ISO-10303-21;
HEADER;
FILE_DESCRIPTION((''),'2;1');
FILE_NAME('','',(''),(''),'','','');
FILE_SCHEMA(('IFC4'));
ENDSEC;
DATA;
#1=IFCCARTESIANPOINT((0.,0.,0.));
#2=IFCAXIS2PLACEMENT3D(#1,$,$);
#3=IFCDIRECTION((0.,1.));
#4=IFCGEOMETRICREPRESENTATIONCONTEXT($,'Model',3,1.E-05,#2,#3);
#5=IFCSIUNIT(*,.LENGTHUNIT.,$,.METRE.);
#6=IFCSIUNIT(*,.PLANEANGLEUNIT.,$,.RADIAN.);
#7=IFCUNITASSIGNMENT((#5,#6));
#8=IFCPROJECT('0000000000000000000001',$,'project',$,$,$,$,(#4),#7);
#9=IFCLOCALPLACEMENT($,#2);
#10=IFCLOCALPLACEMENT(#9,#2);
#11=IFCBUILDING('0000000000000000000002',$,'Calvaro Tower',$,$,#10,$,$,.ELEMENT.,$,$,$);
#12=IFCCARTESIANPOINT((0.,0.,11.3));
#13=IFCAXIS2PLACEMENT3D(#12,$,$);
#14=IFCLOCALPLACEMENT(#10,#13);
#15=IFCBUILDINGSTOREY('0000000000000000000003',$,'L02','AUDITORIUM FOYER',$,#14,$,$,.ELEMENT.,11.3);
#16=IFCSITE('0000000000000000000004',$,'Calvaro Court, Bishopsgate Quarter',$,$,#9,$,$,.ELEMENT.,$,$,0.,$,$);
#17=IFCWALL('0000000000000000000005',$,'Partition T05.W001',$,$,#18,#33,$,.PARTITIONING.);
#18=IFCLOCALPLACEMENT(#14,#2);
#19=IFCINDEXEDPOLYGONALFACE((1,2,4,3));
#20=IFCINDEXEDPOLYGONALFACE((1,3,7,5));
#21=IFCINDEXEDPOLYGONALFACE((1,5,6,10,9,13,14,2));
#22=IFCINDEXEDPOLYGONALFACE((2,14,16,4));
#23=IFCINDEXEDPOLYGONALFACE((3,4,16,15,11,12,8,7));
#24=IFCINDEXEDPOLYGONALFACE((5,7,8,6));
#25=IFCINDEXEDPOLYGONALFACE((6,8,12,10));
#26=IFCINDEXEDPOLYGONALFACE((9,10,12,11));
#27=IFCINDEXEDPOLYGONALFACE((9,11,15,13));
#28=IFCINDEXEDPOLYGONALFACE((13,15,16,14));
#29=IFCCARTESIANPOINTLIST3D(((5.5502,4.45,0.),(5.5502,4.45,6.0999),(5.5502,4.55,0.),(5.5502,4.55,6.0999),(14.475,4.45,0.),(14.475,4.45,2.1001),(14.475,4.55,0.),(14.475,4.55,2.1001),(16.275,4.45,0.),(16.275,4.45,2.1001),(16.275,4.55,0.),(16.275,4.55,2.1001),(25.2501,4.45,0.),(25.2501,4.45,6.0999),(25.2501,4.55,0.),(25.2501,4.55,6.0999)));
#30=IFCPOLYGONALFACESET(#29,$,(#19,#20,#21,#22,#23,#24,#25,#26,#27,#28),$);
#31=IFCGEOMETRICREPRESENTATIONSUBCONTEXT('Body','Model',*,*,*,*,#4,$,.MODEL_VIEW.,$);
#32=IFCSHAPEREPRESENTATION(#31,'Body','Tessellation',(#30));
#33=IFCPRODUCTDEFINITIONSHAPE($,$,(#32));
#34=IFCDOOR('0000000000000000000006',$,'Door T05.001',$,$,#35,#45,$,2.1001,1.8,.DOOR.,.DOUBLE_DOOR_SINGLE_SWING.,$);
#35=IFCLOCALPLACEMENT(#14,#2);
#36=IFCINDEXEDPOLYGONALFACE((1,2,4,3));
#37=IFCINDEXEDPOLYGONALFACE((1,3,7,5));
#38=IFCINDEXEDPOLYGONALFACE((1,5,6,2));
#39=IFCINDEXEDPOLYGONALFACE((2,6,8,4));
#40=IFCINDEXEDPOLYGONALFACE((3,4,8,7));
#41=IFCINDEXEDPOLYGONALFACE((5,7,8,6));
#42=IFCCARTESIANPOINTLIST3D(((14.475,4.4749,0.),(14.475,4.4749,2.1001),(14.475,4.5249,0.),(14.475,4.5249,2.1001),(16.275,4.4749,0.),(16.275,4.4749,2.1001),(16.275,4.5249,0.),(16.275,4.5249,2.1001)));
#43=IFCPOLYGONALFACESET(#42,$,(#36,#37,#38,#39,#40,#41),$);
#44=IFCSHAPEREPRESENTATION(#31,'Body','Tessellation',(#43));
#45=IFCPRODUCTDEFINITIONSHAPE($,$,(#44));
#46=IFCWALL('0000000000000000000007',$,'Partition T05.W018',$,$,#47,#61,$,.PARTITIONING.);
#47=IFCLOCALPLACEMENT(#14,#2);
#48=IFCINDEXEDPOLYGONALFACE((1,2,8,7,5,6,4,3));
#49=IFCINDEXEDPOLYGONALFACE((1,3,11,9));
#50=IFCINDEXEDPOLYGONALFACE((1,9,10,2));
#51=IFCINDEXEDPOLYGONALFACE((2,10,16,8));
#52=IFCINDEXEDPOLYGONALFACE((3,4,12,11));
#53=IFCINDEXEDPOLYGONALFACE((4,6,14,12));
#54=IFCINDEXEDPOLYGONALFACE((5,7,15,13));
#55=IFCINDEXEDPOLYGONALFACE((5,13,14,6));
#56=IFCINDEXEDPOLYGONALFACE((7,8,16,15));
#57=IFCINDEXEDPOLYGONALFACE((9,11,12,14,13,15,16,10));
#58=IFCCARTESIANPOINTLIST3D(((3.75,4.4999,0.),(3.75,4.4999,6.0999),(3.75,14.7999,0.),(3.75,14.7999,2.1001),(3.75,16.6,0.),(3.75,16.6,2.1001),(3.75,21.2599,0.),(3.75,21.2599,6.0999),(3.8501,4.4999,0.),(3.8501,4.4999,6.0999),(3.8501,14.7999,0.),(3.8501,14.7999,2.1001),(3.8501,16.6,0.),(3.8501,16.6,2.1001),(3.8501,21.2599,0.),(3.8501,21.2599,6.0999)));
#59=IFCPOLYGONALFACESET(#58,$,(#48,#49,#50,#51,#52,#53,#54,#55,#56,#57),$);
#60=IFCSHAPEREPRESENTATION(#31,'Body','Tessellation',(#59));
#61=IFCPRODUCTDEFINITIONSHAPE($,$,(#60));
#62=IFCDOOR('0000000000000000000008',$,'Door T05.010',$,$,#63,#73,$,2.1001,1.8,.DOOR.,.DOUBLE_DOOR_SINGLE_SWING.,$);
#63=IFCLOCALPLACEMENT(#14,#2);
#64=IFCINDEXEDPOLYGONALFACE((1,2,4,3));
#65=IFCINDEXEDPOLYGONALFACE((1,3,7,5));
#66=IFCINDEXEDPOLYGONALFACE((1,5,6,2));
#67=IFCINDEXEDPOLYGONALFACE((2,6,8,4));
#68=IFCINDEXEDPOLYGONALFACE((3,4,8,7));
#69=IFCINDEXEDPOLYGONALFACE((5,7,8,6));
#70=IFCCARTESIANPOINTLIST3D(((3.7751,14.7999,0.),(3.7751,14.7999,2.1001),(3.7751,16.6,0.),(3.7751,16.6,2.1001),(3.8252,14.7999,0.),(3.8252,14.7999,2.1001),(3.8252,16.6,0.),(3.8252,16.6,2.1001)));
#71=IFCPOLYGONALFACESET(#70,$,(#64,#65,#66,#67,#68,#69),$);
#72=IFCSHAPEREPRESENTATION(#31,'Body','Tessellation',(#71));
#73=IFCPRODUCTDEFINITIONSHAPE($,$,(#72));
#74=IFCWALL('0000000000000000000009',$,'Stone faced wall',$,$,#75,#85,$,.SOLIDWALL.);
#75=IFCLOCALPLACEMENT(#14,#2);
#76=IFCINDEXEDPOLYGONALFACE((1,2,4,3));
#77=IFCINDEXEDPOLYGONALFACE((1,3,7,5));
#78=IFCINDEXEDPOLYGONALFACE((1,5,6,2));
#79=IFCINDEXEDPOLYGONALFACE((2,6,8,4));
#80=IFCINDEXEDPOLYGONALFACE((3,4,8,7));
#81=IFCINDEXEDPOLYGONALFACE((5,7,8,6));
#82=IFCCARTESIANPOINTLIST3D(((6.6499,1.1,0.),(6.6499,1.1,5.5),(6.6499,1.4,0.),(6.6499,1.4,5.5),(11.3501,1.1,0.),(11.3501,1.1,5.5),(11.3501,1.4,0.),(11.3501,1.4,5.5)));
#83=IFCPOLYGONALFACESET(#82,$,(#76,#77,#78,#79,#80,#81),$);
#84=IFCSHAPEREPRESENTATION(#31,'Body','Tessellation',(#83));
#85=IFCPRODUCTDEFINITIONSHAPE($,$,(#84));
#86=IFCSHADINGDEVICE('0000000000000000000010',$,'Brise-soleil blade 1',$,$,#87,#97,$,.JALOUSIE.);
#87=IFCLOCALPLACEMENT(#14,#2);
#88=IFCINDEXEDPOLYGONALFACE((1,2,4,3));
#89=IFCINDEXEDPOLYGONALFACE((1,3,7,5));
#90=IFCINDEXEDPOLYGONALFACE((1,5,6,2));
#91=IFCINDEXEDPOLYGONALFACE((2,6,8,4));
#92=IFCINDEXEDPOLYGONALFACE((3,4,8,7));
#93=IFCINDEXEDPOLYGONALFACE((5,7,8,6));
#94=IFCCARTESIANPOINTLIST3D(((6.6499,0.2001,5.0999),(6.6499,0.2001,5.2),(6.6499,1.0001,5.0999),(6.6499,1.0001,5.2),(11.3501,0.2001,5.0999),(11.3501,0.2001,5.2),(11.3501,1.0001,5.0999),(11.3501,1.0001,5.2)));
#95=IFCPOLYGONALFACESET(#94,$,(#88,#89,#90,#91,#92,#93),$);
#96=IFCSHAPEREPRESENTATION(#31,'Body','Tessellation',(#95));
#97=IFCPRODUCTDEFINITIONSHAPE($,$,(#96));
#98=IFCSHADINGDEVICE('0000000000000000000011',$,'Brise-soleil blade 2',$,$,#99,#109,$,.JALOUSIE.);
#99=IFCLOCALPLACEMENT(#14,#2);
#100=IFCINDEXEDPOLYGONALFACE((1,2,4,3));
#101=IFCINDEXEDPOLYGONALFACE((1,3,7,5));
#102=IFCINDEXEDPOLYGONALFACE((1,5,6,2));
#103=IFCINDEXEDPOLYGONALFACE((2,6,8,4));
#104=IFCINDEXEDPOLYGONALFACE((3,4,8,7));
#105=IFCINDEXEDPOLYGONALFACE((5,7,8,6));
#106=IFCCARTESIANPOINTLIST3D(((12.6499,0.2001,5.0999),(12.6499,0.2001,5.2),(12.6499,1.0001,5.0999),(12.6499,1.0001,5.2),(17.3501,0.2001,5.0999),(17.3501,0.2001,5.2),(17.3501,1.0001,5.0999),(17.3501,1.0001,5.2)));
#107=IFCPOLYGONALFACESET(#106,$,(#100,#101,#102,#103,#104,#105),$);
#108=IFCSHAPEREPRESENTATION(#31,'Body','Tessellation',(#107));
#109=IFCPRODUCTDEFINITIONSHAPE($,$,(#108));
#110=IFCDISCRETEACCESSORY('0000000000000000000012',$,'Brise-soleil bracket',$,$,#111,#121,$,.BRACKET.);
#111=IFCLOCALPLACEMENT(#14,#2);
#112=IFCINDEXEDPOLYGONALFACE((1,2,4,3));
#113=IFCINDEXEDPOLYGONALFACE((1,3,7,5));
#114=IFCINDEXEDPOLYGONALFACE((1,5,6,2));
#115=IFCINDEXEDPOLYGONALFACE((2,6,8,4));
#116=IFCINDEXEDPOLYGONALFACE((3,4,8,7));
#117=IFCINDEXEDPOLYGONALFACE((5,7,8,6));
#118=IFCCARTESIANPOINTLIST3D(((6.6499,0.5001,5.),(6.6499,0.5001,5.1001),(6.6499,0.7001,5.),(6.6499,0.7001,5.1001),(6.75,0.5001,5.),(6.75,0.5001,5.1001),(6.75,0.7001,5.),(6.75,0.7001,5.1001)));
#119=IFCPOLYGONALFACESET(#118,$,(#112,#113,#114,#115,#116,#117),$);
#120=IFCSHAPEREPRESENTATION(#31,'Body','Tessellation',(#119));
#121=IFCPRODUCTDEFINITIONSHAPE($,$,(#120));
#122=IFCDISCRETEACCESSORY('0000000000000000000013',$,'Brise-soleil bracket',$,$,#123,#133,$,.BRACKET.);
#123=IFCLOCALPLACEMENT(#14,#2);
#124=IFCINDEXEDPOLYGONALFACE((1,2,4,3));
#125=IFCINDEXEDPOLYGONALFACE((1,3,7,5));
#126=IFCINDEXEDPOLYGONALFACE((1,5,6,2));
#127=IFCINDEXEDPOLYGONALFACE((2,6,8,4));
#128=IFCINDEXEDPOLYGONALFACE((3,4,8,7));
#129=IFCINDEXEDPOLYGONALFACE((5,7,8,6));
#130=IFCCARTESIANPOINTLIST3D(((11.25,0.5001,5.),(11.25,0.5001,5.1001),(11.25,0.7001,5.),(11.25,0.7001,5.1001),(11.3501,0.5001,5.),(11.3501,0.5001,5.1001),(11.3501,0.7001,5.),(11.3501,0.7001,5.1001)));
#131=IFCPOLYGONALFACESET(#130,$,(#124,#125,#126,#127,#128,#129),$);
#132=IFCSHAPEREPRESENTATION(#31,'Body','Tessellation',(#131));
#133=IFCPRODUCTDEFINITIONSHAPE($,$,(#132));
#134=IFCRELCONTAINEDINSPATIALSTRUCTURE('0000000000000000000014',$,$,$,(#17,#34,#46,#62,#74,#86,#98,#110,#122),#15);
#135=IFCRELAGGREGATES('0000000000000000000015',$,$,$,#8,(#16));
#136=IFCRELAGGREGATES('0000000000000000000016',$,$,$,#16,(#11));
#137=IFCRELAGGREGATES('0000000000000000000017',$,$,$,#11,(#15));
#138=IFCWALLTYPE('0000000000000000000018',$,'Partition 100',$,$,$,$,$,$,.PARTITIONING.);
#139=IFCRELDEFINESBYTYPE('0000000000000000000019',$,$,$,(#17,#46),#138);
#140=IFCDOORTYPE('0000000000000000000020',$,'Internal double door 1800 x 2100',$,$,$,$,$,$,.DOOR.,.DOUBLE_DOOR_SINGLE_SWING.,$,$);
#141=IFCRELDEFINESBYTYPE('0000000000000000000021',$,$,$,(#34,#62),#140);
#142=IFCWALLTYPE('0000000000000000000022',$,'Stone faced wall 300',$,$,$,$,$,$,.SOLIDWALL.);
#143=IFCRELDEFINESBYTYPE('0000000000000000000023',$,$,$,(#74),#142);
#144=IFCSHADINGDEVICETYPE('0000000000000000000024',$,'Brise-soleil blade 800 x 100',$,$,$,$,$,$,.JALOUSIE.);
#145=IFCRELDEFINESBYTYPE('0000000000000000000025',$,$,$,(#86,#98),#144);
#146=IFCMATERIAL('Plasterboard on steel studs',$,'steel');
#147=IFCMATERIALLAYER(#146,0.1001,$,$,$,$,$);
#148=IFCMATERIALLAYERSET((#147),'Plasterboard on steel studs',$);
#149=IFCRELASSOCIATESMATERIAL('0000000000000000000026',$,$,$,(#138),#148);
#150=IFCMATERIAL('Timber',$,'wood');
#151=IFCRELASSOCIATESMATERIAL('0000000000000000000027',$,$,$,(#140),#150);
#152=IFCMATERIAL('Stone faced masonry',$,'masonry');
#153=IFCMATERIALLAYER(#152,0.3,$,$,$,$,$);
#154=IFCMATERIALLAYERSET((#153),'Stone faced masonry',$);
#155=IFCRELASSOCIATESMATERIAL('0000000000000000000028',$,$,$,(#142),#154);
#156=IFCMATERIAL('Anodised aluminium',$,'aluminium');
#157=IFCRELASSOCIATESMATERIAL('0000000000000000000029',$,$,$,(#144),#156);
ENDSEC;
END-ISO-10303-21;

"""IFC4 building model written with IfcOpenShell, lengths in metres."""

from ifc_helpers import new_model, si_unit, direction, frame, frame_2d, origin, origin_2d, place, context, subcontext, project, spatial, rectangle, extrude, material, layer, layer_set, material_profile, profile_set, type_object, element, fill, save


model = new_model("IFC4")

# Units and contexts
model_context = context("Model", 3, precision=1e-05, world=origin(), true_north=direction((0.0, 1.0)))
body_context = subcontext(model_context, "Body", "Model", "MODEL_VIEW")
ifc_project = project(units=[si_unit("LENGTHUNIT", "METRE"), si_unit("PLANEANGLEUNIT", "RADIAN")], contexts=[model_context])

# Site, building, storey
site_placement = place(None, origin())
site = spatial("IfcSite", under=ifc_project, at=site_placement, Name="Calvaro Court, Bishopsgate Quarter", CompositionType="ELEMENT", RefElevation=0.0)
building_placement = place(site_placement, origin())
building = spatial("IfcBuilding", under=site, at=building_placement, Name="Calvaro Tower", CompositionType="ELEMENT")
storey_placement = place(building_placement, frame((0.0, 0.0, 11.3)))
storey = spatial("IfcBuildingStorey", under=building, at=storey_placement, Name="L02", Description="AUDITORIUM FOYER", CompositionType="ELEMENT", Elevation=11.3)

# Walls, openings, doors
ifc_material_1 = material(Name="Plasterboard on steel studs", Category="steel")
ifc_layer_1 = layer(ifc_material_1, 0.1001)
ifc_layer_set_1 = layer_set([ifc_layer_1], Name="Plasterboard on steel studs")
wall_type_1 = type_object("IfcWallType", Name="Partition 100", PredefinedType="PARTITIONING", material=ifc_layer_set_1)
wall_1_placement = place(storey_placement, frame((5.55, 4.5, 0.0), z_axis=(0.0, 0.0, 1.0), x_axis=(1.0, 0.0, 0.0)))
wall_1 = element("IfcWall", 1, at=wall_1_placement, inside=storey, type_object=wall_type_1, Name="Partition T05.W001", PredefinedType="PARTITIONING", context=body_context, shape_type="SweptSolid", body=[
    extrude(rectangle(XDim=19.7, YDim=0.1001, at=frame_2d((9.8501, 0.0))), origin(), (0.0, 0.0, 1.0), 6.0999),
])
opening_1_placement = place(wall_1_placement, frame((8.925, 0.0, 0.0)))
opening_1 = element("IfcOpeningElement", 2, at=opening_1_placement, cuts=wall_1, PredefinedType="OPENING", context=body_context, shape_type="SweptSolid", body=[
    extrude(rectangle(XDim=1.8, YDim=2.1001, at=frame_2d((0.8999, 1.05))), frame((0.0, 0.0601, 0.0), z_axis=(0.0, -1.0, 0.0), x_axis=(1.0, 0.0, 0.0)), (0.0, 0.0, 1.0), 0.1201),
])
ifc_material_2 = material(Name="Timber", Category="wood")
door_type = type_object("IfcDoorType", Name="Internal double door 1800 x 2100", OperationType="DOUBLE_DOOR_SINGLE_SWING", PredefinedType="DOOR", material=ifc_material_2)
door_1_placement = place(opening_1_placement, origin())
door_1 = element("IfcDoor", 3, at=door_1_placement, inside=storey, type_object=door_type, Name="Door T05.001", OperationType="DOUBLE_DOOR_SINGLE_SWING", OverallHeight=2.1001, OverallWidth=1.8, PredefinedType="DOOR", context=body_context, shape_type="SweptSolid", body=[
    extrude(rectangle(XDim=1.8, YDim=2.1001, at=frame_2d((0.8999, 1.05))), frame((0.0, 0.0249, 0.0), z_axis=(0.0, -1.0, 0.0), x_axis=(1.0, 0.0, 0.0)), (0.0, 0.0, 1.0), 0.05),
])
fill(opening_1, door_1)
wall_2_placement = place(storey_placement, frame((3.8, 4.5, 0.0), z_axis=(0.0, 0.0, 1.0), x_axis=(0.0, 1.0, 0.0)))
wall_2 = element("IfcWall", 4, at=wall_2_placement, inside=storey, type_object=wall_type_1, Name="Partition T05.W018", PredefinedType="PARTITIONING", context=body_context, shape_type="SweptSolid", body=[
    extrude(rectangle(XDim=16.76, YDim=0.1001, at=frame_2d((8.3799, 0.0))), origin(), (0.0, 0.0, 1.0), 6.0999),
])
opening_2_placement = place(wall_2_placement, frame((10.3, 0.0, 0.0)))
opening_2 = element("IfcOpeningElement", 5, at=opening_2_placement, cuts=wall_2, PredefinedType="OPENING", context=body_context, shape_type="SweptSolid", body=[
    extrude(rectangle(XDim=1.8, YDim=2.1001, at=frame_2d((0.8999, 1.05))), frame((0.0, 0.0601, 0.0), z_axis=(0.0, -1.0, 0.0), x_axis=(1.0, 0.0, 0.0)), (0.0, 0.0, 1.0), 0.1201),
])
door_2_placement = place(opening_2_placement, origin())
door_2 = element("IfcDoor", 6, at=door_2_placement, inside=storey, type_object=door_type, Name="Door T05.010", OperationType="DOUBLE_DOOR_SINGLE_SWING", OverallHeight=2.1001, OverallWidth=1.8, PredefinedType="DOOR", context=body_context, shape_type="SweptSolid", body=[
    extrude(rectangle(XDim=1.8, YDim=2.1001, at=frame_2d((0.8999, 1.05))), frame((0.0, 0.0249, 0.0), z_axis=(0.0, -1.0, 0.0), x_axis=(1.0, 0.0, 0.0)), (0.0, 0.0, 1.0), 0.05),
])
fill(opening_2, door_2)

# Wall
ifc_material_3 = material(Name="Stone faced masonry", Category="masonry")
ifc_layer_2 = layer(ifc_material_3, 0.3)
ifc_layer_set_2 = layer_set([ifc_layer_2], Name="Stone faced masonry")
wall_type_2 = type_object("IfcWallType", Name="Stone faced wall 300", PredefinedType="SOLIDWALL", material=ifc_layer_set_2)
wall_3_placement = place(storey_placement, frame((6.6499, 1.25, 0.0), z_axis=(0.0, 0.0, 1.0), x_axis=(1.0, 0.0, 0.0)))
element("IfcWall", 7, at=wall_3_placement, inside=storey, type_object=wall_type_2, Name="Stone faced wall", PredefinedType="SOLIDWALL", context=body_context, shape_type="SweptSolid", body=[
    extrude(rectangle(XDim=4.7002, YDim=0.3, at=frame_2d((2.3501, 0.0))), origin(), (0.0, 0.0, 1.0), 5.5),
])

# Shading devices
ifc_material_4 = material(Name="Anodised aluminium", Category="aluminium")
ifc_material_profile_1 = material_profile(ifc_material_4, rectangle(XDim=0.8, YDim=0.1001, at=origin_2d()), Name="Brise-soleil blade 800 x 100")
ifc_profile_set_1 = profile_set([ifc_material_profile_1], Name="Anodised aluminium")
shading_device_type = type_object("IfcShadingDeviceType", Name="Brise-soleil blade 800 x 100", PredefinedType="JALOUSIE", material=ifc_profile_set_1)
for number, where, z_axis, x_axis, name in (
    (8, (6.6499, 0.6001, 5.1499), (1.0, 0.0, 0.0), (0.0, 1.0, 0.0), "Brise-soleil blade 1"),
    (9, (12.6499, 0.6001, 5.1499), (1.0, 0.0, 0.0), (0.0, 1.0, 0.0), "Brise-soleil blade 2"),
):
    element("IfcShadingDevice", number, at=place(storey_placement, frame(where, z_axis=z_axis, x_axis=x_axis)), inside=storey, type_object=shading_device_type, Name=name, PredefinedType="JALOUSIE", context=body_context, shape_type="SweptSolid", body=[
        extrude(rectangle(XDim=0.8, YDim=0.1001, at=origin_2d()), origin(), (0.0, 0.0, 1.0), 4.7002),
    ])

# Discrete accessories
for number, where, z_axis, x_axis, name in (
    (10, (6.7, 0.6001, 5.0), (0.0, 0.0, 1.0), (1.0, 0.0, 0.0), "Brise-soleil bracket"),
    (11, (11.3, 0.6001, 5.0), (0.0, 0.0, 1.0), (1.0, 0.0, 0.0), "Brise-soleil bracket"),
):
    element("IfcDiscreteAccessory", number, at=place(storey_placement, frame(where, z_axis=z_axis, x_axis=x_axis)), inside=storey, Name=name, PredefinedType="BRACKET", context=body_context, shape_type="SweptSolid", body=[
        extrude(rectangle(XDim=0.1001, YDim=0.2, at=origin_2d()), origin(), (0.0, 0.0, 1.0), 0.1001),
    ])

save(model, "model.ifc")
